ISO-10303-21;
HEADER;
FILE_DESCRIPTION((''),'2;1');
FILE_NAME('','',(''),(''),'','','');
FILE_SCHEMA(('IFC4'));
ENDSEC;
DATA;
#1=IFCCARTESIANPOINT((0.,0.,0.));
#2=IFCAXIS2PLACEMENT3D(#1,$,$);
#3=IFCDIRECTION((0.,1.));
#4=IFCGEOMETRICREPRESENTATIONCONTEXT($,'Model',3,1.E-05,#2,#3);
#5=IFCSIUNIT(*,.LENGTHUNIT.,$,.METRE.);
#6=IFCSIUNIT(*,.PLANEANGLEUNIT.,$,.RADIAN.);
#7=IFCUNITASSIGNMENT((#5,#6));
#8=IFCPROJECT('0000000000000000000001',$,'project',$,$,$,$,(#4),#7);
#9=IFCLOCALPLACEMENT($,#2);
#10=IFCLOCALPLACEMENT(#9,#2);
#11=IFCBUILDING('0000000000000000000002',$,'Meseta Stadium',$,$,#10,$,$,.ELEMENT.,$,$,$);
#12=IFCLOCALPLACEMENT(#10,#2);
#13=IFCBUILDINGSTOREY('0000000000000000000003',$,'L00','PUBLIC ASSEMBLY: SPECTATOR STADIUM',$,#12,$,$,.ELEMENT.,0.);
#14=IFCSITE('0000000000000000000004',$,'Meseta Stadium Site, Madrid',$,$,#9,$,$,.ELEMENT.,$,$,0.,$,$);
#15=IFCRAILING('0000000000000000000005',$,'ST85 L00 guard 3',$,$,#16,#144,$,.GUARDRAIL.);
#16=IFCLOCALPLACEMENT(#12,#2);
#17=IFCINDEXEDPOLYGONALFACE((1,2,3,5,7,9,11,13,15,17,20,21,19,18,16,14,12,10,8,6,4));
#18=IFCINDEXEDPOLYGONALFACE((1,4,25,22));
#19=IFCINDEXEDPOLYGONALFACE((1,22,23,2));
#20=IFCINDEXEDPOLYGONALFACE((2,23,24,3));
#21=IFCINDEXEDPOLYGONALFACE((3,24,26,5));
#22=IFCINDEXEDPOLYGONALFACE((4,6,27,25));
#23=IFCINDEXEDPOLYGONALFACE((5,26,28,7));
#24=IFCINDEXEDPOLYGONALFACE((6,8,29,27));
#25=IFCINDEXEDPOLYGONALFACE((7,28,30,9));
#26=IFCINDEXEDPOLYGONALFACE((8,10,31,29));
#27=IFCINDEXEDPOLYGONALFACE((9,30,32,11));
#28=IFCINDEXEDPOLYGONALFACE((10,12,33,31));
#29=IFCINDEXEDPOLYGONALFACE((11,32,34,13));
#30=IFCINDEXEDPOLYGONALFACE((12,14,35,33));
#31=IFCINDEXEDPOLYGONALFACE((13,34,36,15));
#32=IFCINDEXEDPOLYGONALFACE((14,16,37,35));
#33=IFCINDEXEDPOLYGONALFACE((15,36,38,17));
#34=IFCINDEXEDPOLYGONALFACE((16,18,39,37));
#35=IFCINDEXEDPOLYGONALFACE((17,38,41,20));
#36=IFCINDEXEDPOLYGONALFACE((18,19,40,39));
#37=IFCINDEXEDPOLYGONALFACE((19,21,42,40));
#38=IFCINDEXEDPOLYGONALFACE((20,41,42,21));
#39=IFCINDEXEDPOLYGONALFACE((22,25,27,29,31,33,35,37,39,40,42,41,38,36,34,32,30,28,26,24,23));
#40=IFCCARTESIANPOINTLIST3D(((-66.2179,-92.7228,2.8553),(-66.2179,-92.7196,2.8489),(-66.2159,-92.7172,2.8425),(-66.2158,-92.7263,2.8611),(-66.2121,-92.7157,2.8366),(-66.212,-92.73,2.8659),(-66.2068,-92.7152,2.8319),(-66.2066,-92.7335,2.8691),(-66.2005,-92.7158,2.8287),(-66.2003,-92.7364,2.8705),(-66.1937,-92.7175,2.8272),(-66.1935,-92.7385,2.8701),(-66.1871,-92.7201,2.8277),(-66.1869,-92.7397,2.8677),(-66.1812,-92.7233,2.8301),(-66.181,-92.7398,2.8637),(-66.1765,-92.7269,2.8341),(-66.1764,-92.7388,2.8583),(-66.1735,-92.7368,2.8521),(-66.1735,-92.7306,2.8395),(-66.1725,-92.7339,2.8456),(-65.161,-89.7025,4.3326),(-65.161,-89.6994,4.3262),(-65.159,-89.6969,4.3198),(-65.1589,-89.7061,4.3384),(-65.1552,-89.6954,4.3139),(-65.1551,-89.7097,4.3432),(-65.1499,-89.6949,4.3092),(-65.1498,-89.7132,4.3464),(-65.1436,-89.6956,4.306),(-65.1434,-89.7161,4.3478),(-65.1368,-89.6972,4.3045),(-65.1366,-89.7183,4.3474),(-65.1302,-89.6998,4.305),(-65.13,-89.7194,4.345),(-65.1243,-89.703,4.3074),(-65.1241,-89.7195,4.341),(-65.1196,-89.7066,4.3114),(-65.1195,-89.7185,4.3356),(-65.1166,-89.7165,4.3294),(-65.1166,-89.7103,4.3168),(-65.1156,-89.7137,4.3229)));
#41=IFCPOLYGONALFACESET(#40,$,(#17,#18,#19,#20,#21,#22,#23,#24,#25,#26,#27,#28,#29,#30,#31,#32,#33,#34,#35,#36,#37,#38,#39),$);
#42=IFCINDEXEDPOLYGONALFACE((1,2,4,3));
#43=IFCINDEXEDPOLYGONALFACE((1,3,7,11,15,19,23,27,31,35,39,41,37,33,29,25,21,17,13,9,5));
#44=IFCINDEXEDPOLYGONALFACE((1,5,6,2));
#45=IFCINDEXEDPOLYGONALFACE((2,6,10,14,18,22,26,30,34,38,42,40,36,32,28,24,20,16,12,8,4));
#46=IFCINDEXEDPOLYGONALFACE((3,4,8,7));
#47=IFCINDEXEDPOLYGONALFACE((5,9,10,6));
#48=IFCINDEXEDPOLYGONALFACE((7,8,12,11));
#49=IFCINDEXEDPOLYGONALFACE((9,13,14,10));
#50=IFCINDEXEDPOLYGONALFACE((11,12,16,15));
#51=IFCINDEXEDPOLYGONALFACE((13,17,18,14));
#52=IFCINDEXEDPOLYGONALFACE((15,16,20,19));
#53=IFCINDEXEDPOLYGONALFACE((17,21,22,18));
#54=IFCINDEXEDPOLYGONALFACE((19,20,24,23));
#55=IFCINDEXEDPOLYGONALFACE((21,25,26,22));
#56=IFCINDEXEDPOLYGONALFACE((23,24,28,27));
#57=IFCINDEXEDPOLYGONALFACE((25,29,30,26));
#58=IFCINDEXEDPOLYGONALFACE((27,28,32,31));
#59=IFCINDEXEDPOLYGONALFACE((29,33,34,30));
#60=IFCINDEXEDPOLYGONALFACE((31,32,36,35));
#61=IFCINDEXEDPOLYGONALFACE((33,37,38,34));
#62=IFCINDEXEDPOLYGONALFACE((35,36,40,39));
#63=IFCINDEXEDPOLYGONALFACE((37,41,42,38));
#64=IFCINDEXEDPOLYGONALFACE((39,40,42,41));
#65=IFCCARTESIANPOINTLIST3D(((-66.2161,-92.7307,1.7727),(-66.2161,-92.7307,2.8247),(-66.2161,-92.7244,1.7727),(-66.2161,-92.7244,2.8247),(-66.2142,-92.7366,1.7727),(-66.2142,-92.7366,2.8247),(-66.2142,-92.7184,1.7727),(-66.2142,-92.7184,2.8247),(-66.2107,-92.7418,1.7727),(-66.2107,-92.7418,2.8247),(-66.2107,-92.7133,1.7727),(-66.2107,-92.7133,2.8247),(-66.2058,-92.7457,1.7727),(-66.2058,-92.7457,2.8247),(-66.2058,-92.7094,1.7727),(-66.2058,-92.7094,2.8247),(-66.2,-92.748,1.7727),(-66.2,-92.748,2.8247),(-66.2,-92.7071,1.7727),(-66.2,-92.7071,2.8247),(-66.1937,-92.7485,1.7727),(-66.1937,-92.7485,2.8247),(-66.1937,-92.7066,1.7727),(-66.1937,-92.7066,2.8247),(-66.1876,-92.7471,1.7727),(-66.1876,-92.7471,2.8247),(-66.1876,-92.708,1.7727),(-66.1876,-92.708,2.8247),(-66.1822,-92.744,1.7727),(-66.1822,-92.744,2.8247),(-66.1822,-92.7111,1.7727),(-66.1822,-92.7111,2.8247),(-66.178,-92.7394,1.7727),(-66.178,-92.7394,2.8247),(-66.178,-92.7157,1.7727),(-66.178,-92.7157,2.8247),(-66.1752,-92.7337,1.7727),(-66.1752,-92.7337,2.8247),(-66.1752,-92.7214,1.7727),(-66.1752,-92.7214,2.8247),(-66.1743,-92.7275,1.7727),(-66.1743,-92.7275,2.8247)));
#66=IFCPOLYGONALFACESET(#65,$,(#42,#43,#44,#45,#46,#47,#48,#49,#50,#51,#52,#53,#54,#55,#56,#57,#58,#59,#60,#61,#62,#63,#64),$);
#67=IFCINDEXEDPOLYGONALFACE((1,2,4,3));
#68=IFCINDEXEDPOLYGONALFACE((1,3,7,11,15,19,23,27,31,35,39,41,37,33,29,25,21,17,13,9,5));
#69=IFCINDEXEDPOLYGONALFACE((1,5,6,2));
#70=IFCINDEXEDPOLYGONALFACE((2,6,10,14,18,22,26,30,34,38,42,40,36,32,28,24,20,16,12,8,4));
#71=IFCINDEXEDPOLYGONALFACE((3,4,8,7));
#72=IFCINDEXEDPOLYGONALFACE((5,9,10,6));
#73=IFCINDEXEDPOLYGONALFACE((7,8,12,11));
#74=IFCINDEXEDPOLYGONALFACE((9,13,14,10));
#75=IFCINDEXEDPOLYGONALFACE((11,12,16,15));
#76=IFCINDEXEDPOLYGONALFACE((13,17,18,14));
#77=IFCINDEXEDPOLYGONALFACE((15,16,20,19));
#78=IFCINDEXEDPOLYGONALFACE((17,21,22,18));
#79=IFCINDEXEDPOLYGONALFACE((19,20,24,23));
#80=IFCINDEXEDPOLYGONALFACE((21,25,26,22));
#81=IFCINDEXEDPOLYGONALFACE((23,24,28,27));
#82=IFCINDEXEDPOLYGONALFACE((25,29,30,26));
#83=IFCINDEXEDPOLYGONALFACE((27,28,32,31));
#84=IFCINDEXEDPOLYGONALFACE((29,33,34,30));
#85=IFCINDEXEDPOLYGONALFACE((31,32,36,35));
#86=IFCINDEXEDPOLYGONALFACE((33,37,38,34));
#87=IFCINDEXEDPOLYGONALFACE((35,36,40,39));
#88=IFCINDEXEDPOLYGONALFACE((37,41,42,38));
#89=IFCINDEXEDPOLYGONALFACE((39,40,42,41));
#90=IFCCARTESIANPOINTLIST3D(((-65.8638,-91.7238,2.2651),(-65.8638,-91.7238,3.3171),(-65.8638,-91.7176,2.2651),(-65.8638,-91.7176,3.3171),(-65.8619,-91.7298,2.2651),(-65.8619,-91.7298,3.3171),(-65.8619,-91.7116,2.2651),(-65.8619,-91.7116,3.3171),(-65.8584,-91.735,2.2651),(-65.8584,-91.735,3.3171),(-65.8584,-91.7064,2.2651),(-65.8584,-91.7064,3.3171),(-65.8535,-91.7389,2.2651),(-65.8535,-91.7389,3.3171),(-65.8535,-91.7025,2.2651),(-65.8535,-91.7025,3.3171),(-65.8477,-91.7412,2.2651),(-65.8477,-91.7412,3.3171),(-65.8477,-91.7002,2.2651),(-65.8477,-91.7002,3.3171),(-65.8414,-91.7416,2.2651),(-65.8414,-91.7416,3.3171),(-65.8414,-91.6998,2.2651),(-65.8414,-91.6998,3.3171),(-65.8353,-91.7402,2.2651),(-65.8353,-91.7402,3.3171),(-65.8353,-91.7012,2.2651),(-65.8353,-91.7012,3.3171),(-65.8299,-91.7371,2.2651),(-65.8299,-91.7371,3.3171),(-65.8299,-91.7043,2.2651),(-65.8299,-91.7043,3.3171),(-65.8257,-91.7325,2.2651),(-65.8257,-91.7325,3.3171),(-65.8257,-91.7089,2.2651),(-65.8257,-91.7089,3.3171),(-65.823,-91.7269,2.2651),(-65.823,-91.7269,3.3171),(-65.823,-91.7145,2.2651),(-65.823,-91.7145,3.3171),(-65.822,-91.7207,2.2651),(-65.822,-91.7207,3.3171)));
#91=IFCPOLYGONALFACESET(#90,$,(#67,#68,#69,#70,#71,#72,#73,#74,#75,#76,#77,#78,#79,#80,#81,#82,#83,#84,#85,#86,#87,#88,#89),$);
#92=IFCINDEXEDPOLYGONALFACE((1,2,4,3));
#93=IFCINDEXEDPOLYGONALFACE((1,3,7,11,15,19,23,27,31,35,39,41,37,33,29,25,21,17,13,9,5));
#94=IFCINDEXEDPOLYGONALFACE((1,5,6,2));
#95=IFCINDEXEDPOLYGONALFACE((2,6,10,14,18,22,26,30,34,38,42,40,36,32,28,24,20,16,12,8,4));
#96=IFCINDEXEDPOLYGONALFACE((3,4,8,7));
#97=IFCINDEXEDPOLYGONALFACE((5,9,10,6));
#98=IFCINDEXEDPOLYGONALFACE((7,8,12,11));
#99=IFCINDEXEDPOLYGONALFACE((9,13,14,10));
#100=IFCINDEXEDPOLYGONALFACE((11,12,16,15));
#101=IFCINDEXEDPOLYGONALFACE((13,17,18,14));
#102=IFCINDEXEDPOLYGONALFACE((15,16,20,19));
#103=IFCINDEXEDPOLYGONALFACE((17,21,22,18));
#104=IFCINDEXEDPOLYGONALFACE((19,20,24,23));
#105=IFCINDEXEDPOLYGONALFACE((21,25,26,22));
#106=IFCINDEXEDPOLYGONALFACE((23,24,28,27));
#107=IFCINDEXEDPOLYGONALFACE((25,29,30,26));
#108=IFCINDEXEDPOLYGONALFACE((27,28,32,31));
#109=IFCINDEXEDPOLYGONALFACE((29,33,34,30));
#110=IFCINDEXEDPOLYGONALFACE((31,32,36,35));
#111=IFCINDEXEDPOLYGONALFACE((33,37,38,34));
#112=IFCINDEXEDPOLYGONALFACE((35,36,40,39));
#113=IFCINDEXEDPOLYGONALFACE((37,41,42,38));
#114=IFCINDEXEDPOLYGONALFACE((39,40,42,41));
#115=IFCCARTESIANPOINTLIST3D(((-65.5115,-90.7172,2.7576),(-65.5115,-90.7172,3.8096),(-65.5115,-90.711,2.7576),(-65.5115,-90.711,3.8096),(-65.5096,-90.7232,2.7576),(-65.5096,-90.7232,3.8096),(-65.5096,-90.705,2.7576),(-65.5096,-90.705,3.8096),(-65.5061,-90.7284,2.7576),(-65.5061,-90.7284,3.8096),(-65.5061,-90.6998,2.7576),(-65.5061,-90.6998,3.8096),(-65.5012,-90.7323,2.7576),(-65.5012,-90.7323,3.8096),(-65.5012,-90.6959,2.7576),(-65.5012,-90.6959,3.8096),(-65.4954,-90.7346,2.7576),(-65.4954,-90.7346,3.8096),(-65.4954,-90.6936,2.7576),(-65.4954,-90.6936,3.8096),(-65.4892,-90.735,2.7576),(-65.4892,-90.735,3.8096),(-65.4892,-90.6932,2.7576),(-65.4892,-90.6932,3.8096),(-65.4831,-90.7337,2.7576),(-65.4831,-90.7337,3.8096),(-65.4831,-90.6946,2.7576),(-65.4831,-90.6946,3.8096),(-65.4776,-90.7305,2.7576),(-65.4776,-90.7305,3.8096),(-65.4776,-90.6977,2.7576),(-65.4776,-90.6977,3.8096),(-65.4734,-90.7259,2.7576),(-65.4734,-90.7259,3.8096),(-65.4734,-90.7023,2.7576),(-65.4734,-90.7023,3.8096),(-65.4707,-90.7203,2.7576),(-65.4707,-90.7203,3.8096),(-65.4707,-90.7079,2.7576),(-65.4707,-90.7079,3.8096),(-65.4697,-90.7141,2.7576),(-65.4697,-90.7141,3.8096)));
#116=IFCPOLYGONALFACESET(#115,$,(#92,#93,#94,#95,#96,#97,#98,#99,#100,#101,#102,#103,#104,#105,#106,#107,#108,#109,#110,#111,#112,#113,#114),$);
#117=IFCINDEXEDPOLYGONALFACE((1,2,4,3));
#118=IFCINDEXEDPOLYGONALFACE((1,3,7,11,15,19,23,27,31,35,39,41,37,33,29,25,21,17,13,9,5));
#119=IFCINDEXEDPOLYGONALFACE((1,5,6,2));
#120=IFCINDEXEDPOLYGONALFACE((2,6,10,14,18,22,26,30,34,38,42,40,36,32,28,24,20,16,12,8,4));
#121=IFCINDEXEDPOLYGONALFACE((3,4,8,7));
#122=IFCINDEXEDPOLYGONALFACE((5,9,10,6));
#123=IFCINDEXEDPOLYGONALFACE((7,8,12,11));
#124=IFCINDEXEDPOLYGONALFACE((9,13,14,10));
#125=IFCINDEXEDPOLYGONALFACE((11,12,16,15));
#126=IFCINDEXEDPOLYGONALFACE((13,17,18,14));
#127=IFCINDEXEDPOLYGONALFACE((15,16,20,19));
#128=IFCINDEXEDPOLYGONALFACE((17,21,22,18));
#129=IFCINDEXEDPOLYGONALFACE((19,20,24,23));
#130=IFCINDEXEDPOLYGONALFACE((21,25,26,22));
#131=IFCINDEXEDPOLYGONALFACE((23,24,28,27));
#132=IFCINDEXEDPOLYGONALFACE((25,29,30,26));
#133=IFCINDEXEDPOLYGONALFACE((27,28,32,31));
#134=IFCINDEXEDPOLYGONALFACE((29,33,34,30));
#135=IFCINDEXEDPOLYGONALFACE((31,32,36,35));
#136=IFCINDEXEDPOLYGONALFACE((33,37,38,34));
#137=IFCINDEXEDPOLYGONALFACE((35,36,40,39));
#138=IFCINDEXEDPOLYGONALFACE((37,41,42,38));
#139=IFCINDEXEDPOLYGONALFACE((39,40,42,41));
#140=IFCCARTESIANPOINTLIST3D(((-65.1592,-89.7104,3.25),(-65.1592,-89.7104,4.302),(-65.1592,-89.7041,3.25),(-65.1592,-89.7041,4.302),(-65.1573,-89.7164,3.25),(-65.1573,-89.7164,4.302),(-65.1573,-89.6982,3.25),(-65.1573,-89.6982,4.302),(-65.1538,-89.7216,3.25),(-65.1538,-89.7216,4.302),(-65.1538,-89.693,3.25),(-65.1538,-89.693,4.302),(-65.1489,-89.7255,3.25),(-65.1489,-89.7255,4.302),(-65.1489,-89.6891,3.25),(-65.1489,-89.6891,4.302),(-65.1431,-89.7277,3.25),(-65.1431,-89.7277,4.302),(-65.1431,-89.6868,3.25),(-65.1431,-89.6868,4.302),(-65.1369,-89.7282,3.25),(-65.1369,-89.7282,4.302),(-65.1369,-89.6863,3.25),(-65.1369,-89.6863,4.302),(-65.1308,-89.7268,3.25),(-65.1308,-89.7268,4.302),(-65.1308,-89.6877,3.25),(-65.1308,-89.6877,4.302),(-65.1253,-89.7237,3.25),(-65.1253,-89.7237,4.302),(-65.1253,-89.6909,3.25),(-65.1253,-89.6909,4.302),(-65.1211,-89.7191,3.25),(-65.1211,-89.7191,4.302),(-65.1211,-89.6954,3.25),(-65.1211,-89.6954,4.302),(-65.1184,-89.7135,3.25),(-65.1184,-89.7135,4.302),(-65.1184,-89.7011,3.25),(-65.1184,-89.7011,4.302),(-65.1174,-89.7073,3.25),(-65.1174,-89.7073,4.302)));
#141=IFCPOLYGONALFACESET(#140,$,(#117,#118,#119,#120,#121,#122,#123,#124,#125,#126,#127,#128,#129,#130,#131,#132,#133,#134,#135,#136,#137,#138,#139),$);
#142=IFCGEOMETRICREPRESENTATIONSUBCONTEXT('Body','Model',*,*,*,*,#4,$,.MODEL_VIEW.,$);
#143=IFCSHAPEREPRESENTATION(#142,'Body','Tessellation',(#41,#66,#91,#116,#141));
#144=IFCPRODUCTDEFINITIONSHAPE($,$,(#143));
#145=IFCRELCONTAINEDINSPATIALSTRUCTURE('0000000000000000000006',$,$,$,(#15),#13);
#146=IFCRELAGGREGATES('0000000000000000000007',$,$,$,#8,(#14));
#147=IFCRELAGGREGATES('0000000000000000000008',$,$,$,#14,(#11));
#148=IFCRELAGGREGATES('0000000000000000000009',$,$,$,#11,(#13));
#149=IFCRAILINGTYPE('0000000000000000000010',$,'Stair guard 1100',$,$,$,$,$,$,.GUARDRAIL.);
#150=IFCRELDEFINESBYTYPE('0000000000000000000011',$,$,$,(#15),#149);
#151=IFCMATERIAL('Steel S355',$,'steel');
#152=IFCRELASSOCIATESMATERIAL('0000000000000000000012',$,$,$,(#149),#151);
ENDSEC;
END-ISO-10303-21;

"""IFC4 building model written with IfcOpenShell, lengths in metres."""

from ifc_helpers import new_model, si_unit, direction, frame, origin, origin_2d, place, context, subcontext, project, spatial, circle, extrude, material, type_object, element, save


model = new_model("IFC4")

# Units and contexts
model_context = context("Model", 3, precision=1e-05, world=origin(), true_north=direction((0.0, 1.0)))
body_context = subcontext(model_context, "Body", "Model", "MODEL_VIEW")
ifc_project = project(units=[si_unit("LENGTHUNIT", "METRE"), si_unit("PLANEANGLEUNIT", "RADIAN")], contexts=[model_context])

# Site, building, storey
site_placement = place(None, origin())
site = spatial("IfcSite", under=ifc_project, at=site_placement, Name="Meseta Stadium Site, Madrid", CompositionType="ELEMENT", RefElevation=0.0)
building_placement = place(site_placement, origin())
building = spatial("IfcBuilding", under=site, at=building_placement, Name="Meseta Stadium", CompositionType="ELEMENT")
storey_placement = place(building_placement, origin())
storey = spatial("IfcBuildingStorey", under=building, at=storey_placement, Name="L00", Description="PUBLIC ASSEMBLY: SPECTATOR STADIUM", CompositionType="ELEMENT", Elevation=0.0)

# Railing
ifc_material_1 = material(Name="Steel S355", Category="steel")
railing_type_1 = type_object("IfcRailingType", Name="Stair guard 1100", PredefinedType="GUARDRAIL", material=ifc_material_1)
railing_1_placement = place(storey_placement, frame((-66.1953, -92.7275, 1.7727)))
element("IfcRailing", 1, at=railing_1_placement, inside=storey, type_object=railing_type_1, Name="ST85 L00 guard 3", PredefinedType="GUARDRAIL", context=body_context, shape_type="SweptSolid", body=[
    extrude(circle(Radius=0.0239, at=origin_2d()), frame((0.0, 0.0, 1.0762), z_axis=(0.299876, 0.856958, 0.419162), x_axis=(-0.943879, 0.330293, 0.0)), (0.0, 0.0, 1.0), 3.5244),
    extrude(circle(Radius=0.021, at=origin_2d()), origin(), (0.0, 0.0, 1.0), 1.052),
    extrude(circle(Radius=0.021, at=origin_2d()), frame((0.3523, 1.0068, 0.4924)), (0.0, 0.0, 1.0), 1.052),
    extrude(circle(Radius=0.021, at=origin_2d()), frame((0.7046, 2.0134, 0.9849)), (0.0, 0.0, 1.0), 1.052),
    extrude(circle(Radius=0.021, at=origin_2d()), frame((1.0569, 3.0203, 1.4773)), (0.0, 0.0, 1.0), 1.052),
])

save(model, "model.ifc")
